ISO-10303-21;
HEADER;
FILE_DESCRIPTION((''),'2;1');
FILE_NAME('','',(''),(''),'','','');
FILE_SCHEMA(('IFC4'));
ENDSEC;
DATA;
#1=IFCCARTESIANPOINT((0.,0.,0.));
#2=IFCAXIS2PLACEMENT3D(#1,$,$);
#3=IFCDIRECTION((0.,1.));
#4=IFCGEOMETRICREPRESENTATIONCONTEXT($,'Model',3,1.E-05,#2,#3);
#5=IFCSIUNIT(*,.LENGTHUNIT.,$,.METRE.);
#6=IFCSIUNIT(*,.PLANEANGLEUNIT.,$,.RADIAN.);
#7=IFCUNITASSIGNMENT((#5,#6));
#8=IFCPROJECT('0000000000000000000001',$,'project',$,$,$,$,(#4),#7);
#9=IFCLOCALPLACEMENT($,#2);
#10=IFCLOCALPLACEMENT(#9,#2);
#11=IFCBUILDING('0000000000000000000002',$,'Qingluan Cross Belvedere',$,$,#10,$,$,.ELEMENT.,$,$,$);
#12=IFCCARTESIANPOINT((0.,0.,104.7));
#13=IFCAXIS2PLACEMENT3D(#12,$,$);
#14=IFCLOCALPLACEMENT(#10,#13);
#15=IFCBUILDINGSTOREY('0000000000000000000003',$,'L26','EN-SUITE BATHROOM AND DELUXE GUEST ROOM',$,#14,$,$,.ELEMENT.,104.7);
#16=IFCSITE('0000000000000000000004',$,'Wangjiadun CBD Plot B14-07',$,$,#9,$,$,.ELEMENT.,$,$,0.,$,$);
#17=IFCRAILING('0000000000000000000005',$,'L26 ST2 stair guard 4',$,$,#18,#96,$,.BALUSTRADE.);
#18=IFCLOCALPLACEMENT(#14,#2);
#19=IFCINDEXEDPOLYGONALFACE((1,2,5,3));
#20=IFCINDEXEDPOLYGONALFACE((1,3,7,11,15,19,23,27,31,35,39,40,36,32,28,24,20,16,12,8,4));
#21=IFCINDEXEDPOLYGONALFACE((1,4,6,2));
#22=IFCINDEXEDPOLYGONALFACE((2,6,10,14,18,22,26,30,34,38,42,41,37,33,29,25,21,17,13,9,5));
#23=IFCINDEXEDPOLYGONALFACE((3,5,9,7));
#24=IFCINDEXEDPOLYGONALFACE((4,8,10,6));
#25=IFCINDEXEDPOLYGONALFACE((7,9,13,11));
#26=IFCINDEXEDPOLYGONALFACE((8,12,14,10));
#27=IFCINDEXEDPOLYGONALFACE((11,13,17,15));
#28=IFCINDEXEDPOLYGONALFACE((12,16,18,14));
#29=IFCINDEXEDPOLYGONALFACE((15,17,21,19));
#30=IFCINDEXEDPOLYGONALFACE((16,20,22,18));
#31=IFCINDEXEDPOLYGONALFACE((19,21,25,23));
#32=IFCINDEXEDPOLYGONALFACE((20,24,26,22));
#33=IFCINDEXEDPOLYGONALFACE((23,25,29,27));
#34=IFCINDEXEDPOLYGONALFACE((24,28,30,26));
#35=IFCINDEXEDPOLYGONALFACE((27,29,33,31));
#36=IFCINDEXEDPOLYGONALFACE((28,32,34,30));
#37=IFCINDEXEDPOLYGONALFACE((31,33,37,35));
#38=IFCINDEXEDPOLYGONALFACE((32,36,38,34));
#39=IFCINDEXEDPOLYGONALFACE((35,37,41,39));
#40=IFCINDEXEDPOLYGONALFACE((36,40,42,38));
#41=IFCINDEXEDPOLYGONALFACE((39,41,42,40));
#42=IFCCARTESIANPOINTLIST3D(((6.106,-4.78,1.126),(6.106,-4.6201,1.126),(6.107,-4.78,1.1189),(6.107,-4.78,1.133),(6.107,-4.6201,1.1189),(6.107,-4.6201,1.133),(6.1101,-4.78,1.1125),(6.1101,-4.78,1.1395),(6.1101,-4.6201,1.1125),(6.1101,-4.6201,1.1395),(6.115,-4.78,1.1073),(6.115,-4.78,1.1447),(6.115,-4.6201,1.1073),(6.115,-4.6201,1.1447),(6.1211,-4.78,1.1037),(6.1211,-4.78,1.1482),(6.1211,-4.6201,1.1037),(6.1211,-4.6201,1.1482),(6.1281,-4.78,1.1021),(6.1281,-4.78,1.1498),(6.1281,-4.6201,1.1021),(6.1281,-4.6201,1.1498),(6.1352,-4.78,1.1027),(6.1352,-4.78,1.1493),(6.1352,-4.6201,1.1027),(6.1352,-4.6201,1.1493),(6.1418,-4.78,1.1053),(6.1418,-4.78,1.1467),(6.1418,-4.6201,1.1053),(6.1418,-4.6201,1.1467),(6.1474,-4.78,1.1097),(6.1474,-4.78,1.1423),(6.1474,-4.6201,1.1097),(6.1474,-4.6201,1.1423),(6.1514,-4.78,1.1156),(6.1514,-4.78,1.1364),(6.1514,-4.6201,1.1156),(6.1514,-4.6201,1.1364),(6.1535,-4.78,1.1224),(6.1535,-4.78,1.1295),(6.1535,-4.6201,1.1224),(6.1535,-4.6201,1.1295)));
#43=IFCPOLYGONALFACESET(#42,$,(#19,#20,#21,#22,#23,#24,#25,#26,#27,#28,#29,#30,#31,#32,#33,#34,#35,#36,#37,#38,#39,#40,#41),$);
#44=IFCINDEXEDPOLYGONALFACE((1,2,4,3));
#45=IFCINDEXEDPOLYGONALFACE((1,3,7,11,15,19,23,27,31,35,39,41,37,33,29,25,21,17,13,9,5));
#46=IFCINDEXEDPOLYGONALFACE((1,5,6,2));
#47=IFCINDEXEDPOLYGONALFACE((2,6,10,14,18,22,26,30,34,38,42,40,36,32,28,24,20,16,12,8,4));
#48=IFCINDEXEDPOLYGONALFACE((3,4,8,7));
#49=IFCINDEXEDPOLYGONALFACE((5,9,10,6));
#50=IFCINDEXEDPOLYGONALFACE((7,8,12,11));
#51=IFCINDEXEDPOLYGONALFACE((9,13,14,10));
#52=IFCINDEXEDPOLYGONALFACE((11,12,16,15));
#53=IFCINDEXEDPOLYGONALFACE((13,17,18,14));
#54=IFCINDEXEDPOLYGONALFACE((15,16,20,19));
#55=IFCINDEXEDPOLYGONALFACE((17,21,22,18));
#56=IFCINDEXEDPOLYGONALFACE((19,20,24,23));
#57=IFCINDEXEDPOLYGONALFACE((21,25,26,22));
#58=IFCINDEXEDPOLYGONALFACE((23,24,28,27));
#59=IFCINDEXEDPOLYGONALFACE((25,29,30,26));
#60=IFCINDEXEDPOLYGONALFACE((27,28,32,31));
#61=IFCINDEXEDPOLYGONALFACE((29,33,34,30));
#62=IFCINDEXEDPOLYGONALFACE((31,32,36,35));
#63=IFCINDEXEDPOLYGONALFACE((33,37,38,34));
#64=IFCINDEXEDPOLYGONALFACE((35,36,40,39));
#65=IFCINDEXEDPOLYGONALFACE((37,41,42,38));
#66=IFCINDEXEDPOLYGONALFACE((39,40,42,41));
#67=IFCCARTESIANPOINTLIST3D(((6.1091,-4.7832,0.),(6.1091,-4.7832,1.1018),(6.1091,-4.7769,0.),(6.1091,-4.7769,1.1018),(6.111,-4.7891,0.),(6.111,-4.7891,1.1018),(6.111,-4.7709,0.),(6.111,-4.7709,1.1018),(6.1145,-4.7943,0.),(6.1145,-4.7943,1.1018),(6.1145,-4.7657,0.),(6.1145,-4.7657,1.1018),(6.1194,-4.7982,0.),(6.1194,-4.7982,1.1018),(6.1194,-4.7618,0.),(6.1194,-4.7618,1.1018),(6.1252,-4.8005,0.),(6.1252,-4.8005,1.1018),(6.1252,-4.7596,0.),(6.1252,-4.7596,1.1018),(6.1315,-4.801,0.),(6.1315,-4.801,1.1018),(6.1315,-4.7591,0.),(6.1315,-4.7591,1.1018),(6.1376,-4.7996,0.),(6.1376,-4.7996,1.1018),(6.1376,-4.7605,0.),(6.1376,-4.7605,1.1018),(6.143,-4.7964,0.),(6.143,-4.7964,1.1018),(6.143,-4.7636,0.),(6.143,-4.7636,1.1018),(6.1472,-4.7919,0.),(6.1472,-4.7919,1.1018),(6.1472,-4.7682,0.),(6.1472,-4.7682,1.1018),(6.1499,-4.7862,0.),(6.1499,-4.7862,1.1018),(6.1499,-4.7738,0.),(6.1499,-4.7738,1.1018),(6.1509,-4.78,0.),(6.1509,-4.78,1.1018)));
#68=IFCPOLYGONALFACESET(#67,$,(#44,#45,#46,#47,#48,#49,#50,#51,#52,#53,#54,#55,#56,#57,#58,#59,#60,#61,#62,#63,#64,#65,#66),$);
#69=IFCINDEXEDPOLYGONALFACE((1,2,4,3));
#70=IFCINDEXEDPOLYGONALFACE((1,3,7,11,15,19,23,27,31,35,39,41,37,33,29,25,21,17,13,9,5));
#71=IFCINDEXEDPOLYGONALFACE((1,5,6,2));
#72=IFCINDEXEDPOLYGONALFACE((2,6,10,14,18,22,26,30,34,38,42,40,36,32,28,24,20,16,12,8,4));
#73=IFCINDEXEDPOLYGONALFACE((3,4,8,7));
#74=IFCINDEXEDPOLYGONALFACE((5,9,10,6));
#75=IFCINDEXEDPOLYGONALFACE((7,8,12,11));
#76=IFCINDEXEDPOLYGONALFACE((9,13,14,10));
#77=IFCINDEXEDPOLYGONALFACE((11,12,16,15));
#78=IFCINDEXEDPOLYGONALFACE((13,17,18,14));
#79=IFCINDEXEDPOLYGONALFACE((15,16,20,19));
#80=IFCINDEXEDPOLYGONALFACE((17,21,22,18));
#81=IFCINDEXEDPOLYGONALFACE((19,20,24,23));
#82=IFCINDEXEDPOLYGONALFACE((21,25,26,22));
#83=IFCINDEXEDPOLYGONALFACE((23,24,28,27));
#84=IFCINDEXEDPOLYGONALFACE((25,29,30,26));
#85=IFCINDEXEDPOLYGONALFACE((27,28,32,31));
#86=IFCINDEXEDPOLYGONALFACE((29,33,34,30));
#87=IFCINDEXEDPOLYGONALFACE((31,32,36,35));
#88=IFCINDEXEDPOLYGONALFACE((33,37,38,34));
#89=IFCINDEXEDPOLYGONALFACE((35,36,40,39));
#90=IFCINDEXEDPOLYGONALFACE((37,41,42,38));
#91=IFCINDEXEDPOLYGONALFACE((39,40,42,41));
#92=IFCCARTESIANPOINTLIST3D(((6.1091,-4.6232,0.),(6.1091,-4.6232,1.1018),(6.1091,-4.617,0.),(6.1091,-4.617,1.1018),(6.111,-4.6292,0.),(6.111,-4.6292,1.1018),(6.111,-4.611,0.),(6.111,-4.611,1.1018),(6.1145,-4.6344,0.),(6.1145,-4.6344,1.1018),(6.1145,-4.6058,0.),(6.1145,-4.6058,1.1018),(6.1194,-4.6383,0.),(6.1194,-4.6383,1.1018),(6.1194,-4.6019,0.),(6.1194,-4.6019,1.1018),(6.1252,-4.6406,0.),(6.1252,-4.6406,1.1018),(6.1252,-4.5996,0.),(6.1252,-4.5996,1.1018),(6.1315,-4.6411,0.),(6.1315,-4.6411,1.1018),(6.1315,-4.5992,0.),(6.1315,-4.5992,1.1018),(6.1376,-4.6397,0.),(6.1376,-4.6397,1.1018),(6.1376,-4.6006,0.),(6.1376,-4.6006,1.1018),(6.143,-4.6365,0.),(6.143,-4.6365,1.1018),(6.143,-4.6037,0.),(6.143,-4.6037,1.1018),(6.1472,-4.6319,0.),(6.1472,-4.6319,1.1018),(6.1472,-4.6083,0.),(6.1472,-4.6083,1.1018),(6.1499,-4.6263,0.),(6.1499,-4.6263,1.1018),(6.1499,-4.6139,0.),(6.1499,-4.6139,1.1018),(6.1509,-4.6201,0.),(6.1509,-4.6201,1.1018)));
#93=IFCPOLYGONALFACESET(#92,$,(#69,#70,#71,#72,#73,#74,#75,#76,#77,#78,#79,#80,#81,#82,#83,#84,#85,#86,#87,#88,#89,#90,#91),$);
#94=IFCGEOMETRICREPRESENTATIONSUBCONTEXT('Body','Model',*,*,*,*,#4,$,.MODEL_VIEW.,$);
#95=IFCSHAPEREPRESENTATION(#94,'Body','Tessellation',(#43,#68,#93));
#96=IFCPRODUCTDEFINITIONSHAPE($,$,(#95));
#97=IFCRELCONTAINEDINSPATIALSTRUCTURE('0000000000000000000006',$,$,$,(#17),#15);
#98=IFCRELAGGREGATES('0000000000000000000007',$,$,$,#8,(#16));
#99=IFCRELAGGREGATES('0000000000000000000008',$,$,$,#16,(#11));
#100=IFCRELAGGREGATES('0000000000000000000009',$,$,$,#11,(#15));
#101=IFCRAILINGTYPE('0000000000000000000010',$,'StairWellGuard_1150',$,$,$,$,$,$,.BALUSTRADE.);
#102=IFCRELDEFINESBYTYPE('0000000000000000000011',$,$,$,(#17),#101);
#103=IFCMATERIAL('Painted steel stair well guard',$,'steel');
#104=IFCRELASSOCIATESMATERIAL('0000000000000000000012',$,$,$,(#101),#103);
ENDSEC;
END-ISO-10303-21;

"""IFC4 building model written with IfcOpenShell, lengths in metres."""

from ifc_helpers import new_model, si_unit, direction, frame, origin, origin_2d, place, context, subcontext, project, spatial, circle, extrude, material, type_object, element, save


model = new_model("IFC4")

# Units and contexts
model_context = context("Model", 3, precision=1e-05, world=origin(), true_north=direction((0.0, 1.0)))
body_context = subcontext(model_context, "Body", "Model", "MODEL_VIEW")
ifc_project = project(units=[si_unit("LENGTHUNIT", "METRE"), si_unit("PLANEANGLEUNIT", "RADIAN")], contexts=[model_context])

# Site, building, storey
site_placement = place(None, origin())
site = spatial("IfcSite", under=ifc_project, at=site_placement, Name="Wangjiadun CBD Plot B14-07", CompositionType="ELEMENT", RefElevation=0.0)
building_placement = place(site_placement, origin())
building = spatial("IfcBuilding", under=site, at=building_placement, Name="Qingluan Cross Belvedere", CompositionType="ELEMENT")
storey_placement = place(building_placement, frame((0.0, 0.0, 104.7)))
storey = spatial("IfcBuildingStorey", under=building, at=storey_placement, Name="L26", Description="EN-SUITE BATHROOM AND DELUXE GUEST ROOM", CompositionType="ELEMENT", Elevation=104.7)

# Railing
ifc_material_1 = material(Name="Painted steel stair well guard", Category="steel")
railing_type_1 = type_object("IfcRailingType", Name="StairWellGuard_1150", PredefinedType="BALUSTRADE", material=ifc_material_1)
railing_1_placement = place(storey_placement, frame((6.1299, -4.78, 0.0)))
element("IfcRailing", 1, at=railing_1_placement, inside=storey, type_object=railing_type_1, Name="L26 ST2 stair guard 4", PredefinedType="BALUSTRADE", context=body_context, shape_type="SweptSolid", body=[
    extrude(circle(Radius=0.0239, at=origin_2d()), frame((0.0, 0.0, 1.126), z_axis=(0.0, 1.0, 0.0), x_axis=(-1.0, 0.0, 0.0)), (0.0, 0.0, 1.0), 0.1599),
    extrude(circle(Radius=0.021, at=origin_2d()), origin(), (0.0, 0.0, 1.0), 1.1018),
    extrude(circle(Radius=0.021, at=origin_2d()), frame((0.0, 0.1599, 0.0)), (0.0, 0.0, 1.0), 1.1018),
])

save(model, "model.ifc")
